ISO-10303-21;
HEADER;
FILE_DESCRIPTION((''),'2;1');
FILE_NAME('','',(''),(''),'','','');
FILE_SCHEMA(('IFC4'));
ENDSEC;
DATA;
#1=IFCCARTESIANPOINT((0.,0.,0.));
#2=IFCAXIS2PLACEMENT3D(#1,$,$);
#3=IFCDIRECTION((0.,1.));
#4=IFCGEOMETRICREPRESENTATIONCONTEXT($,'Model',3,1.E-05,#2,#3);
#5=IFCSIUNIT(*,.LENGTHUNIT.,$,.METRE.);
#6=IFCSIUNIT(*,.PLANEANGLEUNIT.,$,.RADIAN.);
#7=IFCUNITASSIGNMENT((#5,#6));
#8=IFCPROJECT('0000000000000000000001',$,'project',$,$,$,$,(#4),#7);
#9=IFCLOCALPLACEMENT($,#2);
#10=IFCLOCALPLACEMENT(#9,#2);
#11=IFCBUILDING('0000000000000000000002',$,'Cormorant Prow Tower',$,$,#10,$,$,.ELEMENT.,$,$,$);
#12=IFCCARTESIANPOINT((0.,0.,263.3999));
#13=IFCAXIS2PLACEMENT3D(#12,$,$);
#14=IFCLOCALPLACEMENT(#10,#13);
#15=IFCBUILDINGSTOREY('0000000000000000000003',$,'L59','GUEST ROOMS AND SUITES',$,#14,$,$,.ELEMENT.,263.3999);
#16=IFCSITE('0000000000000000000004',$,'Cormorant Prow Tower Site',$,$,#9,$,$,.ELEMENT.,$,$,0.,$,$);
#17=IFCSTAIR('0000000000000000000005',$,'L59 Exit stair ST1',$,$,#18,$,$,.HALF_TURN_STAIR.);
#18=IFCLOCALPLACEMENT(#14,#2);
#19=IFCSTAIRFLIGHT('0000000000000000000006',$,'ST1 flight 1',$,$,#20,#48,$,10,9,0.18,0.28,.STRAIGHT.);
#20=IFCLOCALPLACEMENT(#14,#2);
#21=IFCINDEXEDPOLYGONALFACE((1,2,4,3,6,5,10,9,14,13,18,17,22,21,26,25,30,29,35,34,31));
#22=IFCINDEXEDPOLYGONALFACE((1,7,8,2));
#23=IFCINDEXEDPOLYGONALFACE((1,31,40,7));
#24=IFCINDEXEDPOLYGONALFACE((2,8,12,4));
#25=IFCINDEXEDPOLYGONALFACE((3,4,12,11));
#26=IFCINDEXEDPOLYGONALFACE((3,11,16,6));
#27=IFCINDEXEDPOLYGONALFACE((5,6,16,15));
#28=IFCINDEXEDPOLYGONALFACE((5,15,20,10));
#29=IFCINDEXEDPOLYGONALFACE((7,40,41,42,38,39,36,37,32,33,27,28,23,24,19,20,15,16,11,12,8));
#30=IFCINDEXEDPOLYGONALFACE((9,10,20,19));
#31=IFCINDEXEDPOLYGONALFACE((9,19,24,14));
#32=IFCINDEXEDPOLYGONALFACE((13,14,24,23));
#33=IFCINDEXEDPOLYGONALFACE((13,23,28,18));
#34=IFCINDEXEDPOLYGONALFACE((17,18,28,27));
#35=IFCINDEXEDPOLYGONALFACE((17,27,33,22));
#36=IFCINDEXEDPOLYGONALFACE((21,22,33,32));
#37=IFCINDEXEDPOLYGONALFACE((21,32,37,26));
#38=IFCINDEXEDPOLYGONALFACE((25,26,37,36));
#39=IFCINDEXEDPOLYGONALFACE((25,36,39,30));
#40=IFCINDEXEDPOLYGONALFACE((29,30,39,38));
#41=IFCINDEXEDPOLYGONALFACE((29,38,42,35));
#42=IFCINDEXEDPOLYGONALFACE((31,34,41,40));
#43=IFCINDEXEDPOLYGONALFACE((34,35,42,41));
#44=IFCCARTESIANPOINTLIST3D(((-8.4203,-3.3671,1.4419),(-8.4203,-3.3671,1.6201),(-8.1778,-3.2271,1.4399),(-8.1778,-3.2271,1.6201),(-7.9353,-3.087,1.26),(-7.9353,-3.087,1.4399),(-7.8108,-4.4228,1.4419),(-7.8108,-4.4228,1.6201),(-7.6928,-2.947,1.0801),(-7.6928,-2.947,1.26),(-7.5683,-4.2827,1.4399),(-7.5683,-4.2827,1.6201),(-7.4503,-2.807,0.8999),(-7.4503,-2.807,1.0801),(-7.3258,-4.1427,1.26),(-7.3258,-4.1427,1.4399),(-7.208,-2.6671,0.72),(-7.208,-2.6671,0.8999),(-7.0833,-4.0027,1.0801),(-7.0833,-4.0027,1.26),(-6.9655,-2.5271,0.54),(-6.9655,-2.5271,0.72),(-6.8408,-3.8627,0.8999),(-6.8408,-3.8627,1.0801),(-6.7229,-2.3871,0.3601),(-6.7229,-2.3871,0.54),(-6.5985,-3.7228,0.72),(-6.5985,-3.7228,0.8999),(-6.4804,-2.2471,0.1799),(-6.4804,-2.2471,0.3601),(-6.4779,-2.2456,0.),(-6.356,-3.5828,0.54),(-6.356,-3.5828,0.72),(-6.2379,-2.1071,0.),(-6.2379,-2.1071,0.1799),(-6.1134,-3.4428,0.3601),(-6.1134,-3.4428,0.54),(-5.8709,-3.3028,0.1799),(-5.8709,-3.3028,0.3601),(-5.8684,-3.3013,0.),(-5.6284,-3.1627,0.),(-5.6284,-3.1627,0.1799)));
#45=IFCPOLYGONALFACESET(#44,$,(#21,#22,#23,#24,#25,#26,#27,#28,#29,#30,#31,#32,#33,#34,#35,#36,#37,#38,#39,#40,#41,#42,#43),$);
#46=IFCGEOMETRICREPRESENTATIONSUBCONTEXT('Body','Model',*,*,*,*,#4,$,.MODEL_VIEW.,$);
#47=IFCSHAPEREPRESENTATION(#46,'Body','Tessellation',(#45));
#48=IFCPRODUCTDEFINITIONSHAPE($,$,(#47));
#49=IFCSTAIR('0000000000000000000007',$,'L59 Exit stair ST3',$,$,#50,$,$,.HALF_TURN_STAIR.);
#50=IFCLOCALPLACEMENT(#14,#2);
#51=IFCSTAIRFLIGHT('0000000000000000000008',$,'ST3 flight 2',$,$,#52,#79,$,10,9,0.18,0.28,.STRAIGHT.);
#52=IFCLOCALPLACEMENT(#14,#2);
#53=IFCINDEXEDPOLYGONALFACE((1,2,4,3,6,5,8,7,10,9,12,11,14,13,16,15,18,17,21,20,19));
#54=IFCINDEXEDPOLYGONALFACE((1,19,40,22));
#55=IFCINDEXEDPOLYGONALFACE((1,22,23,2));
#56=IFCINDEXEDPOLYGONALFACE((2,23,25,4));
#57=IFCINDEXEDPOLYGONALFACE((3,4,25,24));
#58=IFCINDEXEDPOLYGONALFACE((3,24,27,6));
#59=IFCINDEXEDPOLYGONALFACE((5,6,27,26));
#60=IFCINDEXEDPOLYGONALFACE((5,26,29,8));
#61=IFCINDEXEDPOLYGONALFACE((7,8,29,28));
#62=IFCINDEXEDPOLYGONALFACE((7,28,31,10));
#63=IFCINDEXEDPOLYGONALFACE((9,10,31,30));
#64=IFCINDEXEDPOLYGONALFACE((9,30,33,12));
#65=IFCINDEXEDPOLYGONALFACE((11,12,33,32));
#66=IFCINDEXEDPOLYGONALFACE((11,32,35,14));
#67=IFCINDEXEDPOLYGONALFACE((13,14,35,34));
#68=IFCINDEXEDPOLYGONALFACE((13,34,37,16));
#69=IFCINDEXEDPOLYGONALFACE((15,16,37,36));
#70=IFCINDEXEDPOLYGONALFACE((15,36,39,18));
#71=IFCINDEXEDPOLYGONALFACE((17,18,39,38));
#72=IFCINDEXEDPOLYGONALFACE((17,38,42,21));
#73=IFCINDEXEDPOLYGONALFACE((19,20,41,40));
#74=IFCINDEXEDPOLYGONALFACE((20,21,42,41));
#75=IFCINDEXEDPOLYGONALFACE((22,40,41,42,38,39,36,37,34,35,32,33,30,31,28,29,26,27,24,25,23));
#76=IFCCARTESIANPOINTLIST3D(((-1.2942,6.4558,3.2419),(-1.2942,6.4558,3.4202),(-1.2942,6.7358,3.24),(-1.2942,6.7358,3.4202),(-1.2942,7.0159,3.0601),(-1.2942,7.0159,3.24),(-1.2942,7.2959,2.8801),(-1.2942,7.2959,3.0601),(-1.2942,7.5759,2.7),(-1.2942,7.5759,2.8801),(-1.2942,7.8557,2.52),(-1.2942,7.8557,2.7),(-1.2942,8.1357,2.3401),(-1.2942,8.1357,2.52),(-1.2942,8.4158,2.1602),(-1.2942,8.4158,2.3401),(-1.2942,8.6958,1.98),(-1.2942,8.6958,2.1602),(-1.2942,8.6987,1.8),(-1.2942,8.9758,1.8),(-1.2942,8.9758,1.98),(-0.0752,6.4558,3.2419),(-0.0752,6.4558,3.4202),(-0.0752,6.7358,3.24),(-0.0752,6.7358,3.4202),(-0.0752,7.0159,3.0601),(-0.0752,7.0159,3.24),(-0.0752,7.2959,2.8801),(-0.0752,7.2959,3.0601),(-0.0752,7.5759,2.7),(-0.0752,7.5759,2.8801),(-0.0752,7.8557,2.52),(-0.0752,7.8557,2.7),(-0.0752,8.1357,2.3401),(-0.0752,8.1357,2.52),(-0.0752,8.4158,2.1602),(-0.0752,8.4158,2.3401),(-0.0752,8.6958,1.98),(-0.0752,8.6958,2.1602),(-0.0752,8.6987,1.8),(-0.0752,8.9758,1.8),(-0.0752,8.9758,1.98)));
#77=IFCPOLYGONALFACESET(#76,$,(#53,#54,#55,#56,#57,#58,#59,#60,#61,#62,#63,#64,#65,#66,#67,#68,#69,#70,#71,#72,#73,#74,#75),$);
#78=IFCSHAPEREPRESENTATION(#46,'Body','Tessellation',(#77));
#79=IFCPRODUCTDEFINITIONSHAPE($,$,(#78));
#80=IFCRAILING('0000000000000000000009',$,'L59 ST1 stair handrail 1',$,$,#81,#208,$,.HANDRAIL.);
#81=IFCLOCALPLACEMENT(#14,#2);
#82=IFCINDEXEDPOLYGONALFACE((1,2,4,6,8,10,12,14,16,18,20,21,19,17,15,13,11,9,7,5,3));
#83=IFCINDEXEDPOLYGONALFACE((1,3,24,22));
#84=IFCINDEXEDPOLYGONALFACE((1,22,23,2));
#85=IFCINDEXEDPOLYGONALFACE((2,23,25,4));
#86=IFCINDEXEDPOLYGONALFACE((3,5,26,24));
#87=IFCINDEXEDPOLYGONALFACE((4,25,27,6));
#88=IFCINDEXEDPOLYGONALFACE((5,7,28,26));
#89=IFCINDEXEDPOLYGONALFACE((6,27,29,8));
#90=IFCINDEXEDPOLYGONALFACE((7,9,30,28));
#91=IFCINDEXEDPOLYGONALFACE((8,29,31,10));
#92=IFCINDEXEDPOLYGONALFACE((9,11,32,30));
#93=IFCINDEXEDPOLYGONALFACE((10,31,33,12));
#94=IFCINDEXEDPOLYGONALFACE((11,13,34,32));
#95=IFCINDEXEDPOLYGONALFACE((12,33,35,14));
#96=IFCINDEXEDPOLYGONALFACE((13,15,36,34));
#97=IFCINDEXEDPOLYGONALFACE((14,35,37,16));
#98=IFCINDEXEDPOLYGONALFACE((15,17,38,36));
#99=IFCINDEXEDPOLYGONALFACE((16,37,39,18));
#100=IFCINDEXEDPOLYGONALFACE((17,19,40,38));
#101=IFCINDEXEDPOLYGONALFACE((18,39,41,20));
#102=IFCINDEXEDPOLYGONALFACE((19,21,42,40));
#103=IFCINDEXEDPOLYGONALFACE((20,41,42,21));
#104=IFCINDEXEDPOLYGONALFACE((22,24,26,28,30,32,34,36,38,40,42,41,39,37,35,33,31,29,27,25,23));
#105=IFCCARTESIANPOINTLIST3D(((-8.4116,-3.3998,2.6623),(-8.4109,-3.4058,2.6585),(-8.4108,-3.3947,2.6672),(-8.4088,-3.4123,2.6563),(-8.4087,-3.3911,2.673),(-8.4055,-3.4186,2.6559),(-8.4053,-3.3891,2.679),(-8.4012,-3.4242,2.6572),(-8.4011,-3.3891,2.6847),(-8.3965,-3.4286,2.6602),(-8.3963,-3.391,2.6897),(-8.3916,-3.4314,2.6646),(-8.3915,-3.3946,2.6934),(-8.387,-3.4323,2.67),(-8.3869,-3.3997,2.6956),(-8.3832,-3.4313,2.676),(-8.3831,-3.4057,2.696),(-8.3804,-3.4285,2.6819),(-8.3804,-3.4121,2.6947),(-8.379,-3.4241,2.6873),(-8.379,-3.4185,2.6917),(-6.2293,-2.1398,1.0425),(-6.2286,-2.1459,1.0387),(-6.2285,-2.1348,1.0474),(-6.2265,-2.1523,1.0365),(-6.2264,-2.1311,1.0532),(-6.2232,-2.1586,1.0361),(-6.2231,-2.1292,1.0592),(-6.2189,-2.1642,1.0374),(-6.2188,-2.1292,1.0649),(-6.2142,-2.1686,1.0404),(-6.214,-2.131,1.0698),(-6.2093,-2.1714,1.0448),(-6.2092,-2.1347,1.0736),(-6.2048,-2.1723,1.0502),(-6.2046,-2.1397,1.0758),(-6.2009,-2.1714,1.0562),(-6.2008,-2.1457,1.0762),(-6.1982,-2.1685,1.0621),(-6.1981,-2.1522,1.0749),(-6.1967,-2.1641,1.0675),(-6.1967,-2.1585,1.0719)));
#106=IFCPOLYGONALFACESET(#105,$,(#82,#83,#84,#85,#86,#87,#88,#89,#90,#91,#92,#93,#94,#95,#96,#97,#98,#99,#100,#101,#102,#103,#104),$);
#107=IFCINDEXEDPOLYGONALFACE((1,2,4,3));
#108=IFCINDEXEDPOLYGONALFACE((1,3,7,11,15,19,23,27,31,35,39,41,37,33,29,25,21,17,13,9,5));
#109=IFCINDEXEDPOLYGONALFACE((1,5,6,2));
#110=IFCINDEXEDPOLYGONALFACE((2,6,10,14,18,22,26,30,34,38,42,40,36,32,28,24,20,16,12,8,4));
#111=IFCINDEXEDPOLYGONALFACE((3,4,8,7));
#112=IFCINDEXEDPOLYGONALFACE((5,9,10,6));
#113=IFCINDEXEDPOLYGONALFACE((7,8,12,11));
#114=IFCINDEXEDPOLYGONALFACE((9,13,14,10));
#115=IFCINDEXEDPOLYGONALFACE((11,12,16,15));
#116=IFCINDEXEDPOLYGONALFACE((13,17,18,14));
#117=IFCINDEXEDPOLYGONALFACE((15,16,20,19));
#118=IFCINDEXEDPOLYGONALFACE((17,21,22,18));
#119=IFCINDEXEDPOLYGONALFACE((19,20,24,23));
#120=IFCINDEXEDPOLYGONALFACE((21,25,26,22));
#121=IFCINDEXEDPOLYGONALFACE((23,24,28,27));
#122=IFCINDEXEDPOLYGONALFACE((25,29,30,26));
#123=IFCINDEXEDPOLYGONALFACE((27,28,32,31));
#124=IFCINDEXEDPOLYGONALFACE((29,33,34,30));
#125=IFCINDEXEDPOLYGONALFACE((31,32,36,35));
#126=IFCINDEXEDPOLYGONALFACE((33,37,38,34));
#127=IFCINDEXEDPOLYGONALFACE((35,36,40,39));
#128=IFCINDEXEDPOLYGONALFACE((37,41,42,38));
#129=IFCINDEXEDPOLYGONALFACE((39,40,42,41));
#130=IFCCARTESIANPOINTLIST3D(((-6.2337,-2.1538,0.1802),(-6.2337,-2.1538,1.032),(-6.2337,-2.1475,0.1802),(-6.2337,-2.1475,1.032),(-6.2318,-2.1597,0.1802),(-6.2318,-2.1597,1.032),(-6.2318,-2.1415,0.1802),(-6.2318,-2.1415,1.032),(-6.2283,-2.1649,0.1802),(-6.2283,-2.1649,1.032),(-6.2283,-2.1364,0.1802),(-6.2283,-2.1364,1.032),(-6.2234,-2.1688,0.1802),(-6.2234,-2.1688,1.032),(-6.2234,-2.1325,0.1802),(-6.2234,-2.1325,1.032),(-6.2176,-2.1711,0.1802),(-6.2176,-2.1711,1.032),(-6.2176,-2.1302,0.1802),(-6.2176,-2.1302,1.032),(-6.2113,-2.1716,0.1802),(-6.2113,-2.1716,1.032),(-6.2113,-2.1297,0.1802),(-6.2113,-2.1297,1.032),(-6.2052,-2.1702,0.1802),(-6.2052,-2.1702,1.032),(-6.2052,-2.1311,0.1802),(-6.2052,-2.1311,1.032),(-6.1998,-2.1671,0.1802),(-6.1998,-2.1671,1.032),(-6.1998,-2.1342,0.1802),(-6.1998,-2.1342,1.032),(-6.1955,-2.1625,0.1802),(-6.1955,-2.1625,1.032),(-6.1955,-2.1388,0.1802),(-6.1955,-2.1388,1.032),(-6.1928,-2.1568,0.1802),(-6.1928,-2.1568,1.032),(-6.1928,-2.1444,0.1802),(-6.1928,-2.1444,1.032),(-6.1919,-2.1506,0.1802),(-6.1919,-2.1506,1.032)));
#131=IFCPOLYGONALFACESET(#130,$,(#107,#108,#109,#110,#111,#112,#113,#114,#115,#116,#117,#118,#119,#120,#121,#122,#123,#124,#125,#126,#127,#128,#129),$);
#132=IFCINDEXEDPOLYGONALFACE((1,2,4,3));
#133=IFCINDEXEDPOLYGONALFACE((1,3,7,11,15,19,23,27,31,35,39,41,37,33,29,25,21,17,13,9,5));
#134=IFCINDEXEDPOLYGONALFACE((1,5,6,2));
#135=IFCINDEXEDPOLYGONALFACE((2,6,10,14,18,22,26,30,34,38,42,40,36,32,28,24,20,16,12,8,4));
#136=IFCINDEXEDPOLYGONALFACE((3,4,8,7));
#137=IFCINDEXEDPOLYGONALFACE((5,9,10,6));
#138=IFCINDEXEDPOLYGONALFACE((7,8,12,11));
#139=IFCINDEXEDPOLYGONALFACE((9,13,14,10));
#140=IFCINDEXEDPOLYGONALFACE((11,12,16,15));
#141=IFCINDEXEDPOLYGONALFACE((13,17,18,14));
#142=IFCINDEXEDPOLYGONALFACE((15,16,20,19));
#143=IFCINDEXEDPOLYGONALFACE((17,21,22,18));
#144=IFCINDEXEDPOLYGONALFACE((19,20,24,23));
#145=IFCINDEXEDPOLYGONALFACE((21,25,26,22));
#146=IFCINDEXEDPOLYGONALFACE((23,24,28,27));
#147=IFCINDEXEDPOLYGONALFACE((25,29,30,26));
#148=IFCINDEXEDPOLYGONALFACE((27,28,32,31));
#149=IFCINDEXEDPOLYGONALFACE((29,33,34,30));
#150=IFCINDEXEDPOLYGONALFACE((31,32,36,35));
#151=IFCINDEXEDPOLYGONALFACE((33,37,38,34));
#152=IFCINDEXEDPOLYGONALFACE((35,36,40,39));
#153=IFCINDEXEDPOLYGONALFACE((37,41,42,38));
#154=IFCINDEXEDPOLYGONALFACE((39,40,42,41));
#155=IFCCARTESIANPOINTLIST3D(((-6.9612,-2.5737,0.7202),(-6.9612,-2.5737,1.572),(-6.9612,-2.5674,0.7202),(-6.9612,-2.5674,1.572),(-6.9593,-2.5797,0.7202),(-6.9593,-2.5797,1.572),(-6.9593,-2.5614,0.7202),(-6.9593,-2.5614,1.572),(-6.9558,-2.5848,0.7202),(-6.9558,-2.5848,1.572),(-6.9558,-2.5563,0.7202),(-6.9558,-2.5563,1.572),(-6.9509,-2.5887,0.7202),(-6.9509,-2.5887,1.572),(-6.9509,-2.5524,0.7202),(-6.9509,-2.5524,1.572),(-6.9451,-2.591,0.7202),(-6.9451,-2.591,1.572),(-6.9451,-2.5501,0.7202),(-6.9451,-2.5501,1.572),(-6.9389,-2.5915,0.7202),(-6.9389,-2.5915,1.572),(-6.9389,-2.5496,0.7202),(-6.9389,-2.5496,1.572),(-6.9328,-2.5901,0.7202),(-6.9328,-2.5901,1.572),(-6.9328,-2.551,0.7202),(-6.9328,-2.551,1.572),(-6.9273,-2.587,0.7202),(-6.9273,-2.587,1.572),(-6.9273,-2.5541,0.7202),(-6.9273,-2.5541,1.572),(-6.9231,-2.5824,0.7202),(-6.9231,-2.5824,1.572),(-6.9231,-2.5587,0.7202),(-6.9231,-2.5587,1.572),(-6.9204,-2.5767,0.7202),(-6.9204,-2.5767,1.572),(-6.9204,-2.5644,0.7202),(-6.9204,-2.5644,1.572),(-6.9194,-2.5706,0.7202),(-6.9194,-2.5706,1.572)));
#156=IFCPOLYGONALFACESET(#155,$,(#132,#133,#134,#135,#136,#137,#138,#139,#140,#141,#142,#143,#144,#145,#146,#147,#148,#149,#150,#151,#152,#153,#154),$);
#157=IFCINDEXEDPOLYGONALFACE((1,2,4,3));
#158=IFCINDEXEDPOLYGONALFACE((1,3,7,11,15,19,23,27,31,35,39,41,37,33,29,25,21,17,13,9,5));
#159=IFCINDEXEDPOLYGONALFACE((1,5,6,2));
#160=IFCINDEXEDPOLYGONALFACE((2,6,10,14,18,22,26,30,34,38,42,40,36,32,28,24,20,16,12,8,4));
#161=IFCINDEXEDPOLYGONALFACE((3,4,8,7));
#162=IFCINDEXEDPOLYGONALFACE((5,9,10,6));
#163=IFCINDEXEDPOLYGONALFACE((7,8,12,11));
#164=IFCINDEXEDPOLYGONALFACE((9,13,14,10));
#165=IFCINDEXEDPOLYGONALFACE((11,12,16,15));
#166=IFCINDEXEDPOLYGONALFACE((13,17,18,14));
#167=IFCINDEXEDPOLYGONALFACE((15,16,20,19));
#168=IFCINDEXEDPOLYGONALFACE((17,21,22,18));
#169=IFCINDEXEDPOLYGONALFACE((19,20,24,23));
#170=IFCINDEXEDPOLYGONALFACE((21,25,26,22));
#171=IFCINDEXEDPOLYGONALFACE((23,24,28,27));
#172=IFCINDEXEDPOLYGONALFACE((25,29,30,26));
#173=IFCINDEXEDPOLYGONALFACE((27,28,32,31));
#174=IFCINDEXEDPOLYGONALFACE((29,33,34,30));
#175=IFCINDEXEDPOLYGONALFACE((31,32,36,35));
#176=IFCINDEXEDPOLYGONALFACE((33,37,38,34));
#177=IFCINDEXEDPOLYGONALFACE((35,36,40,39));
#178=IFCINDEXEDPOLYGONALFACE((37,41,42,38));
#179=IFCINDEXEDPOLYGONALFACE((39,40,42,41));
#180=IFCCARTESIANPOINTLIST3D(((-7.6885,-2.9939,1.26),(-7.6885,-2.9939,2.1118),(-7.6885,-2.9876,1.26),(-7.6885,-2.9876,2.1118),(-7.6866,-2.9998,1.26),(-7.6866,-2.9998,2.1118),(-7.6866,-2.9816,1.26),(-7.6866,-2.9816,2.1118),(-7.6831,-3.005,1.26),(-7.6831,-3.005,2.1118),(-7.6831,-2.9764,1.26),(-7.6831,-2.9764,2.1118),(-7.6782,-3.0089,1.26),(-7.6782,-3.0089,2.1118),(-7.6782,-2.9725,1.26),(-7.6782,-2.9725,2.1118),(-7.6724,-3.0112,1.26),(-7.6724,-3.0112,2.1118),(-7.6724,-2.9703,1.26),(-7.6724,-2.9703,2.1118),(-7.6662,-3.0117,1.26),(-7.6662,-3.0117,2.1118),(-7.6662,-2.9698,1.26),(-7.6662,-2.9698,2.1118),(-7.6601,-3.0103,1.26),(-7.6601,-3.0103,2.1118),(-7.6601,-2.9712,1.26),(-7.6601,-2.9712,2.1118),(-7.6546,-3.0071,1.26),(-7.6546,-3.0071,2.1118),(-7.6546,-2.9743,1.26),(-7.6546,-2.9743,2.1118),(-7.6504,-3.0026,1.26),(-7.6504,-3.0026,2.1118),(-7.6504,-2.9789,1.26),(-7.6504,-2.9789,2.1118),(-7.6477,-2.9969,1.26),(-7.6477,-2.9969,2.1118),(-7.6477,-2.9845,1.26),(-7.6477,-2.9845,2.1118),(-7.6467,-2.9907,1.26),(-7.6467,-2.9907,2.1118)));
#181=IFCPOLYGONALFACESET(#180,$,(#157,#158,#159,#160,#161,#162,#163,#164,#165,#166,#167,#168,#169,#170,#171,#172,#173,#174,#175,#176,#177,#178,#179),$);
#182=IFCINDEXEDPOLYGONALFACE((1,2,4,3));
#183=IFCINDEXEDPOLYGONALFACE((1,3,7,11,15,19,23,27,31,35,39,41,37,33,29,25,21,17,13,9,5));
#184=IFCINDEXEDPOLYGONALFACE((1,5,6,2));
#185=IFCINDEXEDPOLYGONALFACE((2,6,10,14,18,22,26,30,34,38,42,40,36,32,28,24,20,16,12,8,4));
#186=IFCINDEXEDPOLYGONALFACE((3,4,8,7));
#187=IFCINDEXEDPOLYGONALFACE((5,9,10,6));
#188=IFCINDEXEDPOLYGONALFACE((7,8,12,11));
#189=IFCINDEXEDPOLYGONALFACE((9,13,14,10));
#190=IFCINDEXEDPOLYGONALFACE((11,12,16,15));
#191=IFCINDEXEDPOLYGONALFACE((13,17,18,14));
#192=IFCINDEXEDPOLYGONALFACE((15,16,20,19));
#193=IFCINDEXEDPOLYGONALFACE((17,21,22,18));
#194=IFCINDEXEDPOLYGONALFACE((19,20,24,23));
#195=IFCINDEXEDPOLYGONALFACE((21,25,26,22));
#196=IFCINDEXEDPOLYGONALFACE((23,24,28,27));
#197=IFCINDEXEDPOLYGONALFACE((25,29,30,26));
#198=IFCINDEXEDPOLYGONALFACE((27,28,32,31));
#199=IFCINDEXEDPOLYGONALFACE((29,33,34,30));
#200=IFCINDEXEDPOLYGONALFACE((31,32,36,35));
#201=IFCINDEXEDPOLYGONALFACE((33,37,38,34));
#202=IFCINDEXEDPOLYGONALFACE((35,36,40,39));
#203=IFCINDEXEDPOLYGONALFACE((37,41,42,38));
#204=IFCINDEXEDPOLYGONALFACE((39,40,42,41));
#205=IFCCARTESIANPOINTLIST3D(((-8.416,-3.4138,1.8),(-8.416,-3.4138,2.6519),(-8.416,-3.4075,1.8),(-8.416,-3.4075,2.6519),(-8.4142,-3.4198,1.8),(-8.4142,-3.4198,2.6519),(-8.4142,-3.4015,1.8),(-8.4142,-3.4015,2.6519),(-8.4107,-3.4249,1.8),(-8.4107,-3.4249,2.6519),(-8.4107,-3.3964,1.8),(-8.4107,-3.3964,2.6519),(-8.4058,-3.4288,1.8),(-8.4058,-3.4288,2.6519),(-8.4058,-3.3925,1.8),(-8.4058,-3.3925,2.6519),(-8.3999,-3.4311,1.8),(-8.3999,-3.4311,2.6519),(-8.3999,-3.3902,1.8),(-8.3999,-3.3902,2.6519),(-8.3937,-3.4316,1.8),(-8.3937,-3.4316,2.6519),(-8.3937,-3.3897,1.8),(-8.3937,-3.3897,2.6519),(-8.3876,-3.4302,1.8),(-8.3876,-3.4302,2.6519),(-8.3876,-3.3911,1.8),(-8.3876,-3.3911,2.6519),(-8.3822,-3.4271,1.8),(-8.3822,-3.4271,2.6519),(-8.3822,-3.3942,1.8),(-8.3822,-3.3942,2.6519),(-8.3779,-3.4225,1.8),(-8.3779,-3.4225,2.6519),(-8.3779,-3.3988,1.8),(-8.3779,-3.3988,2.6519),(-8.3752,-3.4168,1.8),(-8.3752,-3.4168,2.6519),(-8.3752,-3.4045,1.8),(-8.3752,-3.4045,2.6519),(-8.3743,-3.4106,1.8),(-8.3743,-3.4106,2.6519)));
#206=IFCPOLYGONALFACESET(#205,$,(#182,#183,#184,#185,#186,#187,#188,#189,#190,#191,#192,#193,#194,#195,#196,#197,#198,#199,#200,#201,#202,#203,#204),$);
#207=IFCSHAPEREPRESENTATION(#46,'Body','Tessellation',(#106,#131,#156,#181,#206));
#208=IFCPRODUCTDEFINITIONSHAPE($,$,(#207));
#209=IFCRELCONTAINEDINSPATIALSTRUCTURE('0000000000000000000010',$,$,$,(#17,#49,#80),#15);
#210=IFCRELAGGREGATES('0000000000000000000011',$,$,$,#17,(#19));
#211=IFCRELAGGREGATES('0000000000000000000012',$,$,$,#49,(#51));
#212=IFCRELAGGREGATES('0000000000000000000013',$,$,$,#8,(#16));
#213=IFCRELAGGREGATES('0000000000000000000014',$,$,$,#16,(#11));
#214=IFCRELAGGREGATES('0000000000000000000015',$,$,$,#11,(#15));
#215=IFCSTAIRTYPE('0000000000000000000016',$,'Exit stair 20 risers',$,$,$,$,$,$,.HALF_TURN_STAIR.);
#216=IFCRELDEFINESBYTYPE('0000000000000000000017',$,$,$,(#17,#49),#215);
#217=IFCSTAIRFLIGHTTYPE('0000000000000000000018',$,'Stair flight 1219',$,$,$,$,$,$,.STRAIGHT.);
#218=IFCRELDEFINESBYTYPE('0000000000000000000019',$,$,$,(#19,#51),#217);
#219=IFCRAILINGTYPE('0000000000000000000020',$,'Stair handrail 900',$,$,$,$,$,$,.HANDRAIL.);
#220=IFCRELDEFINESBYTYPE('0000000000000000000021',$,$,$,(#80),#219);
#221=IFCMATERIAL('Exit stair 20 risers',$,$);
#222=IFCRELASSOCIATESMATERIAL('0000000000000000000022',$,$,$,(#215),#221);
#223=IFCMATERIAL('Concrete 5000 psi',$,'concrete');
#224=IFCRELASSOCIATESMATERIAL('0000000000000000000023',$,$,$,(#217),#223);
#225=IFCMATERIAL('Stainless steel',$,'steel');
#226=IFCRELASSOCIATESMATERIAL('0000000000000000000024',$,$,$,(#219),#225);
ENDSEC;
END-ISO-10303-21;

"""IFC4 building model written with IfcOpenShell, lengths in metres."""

from ifc_helpers import new_model, si_unit, direction, frame, origin, origin_2d, place, context, subcontext, project, spatial, polyline, circle, outline, extrude, material, type_object, element, aggregate, save


model = new_model("IFC4")

# Units and contexts
model_context = context("Model", 3, precision=1e-05, world=origin(), true_north=direction((0.0, 1.0)))
body_context = subcontext(model_context, "Body", "Model", "MODEL_VIEW")
ifc_project = project(units=[si_unit("LENGTHUNIT", "METRE"), si_unit("PLANEANGLEUNIT", "RADIAN")], contexts=[model_context])

# Site, building, storey
site_placement = place(None, origin())
site = spatial("IfcSite", under=ifc_project, at=site_placement, Name="Cormorant Prow Tower Site", CompositionType="ELEMENT", RefElevation=0.0)
building_placement = place(site_placement, origin())
building = spatial("IfcBuilding", under=site, at=building_placement, Name="Cormorant Prow Tower", CompositionType="ELEMENT")
storey_placement = place(building_placement, frame((0.0, 0.0, 263.3999)))
storey = spatial("IfcBuildingStorey", under=building, at=storey_placement, Name="L59", Description="GUEST ROOMS AND SUITES", CompositionType="ELEMENT", Elevation=263.3999)

# Stairs, stair flights
ifc_material_1 = material(Name="Exit stair 20 risers")
stair_type = type_object("IfcStairType", Name="Exit stair 20 risers", PredefinedType="HALF_TURN_STAIR", material=ifc_material_1)
stair_1_placement = place(storey_placement, origin())
stair_1 = element("IfcStair", 1, at=stair_1_placement, inside=storey, type_object=stair_type, Name="L59 Exit stair ST1", PredefinedType="HALF_TURN_STAIR")
ifc_material_2 = material(Name="Concrete 5000 psi", Category="concrete")
stair_flight_type = type_object("IfcStairFlightType", Name="Stair flight 1219", PredefinedType="STRAIGHT", material=ifc_material_2)
stair_flight_1_placement = place(storey_placement, frame((-5.9331, -2.635, 0.0), z_axis=(0.0, 0.0, 1.0), x_axis=(-0.866025, -0.5, 0.0)))
stair_flight_1 = element("IfcStairFlight", 2, at=stair_flight_1_placement, type_object=stair_flight_type, Name="ST1 flight 1", NumberOfRisers=10, NumberOfTreads=9, PredefinedType="STRAIGHT", RiserHeight=0.18, TreadLength=0.28, context=body_context, shape_type="SweptSolid", body=[
    extrude(outline(polyline([(0.0, 0.0), (0.0, 0.1799), (0.28, 0.1799), (0.28, 0.3601), (0.5601, 0.3601), (0.5601, 0.54), (0.8401, 0.54), (0.8401, 0.72), (1.1201, 0.72), (1.1201, 0.8999), (1.3999, 0.8999), (1.3999, 1.0801), (1.6799, 1.0801), (1.6799, 1.26), (1.96, 1.26), (1.96, 1.4399), (2.24, 1.4399), (2.24, 1.6201), (2.52, 1.6201), (2.52, 1.8), (2.52, 1.4419), (0.2771, 0.0), (0.0, 0.0)])), frame((0.0, 0.6094, 0.0), z_axis=(0.0, -1.0, 0.0), x_axis=(1.0, 0.0, 0.0)), (0.0, 0.0, 1.0), 1.219),
])
aggregate(stair_1, [stair_flight_1])
stair_2_placement = place(storey_placement, origin())
stair_2 = element("IfcStair", 3, at=stair_2_placement, inside=storey, type_object=stair_type, Name="L59 Exit stair ST3", PredefinedType="HALF_TURN_STAIR")
stair_flight_2_placement = place(storey_placement, frame((-0.6846, 8.9758, 1.8), z_axis=(0.0, 0.0, 1.0), x_axis=(0.0, -1.0, 0.0)))
stair_flight_2 = element("IfcStairFlight", 4, at=stair_flight_2_placement, type_object=stair_flight_type, Name="ST3 flight 2", NumberOfRisers=10, NumberOfTreads=9, PredefinedType="STRAIGHT", RiserHeight=0.18, TreadLength=0.28, context=body_context, shape_type="SweptSolid", body=[
    extrude(outline(polyline([(0.0, 0.0), (0.0, 0.1799), (0.28, 0.1799), (0.28, 0.3601), (0.5601, 0.3601), (0.5601, 0.54), (0.8401, 0.54), (0.8401, 0.72), (1.1201, 0.72), (1.1201, 0.8999), (1.3999, 0.8999), (1.3999, 1.0801), (1.6799, 1.0801), (1.6799, 1.26), (1.96, 1.26), (1.96, 1.4399), (2.24, 1.4399), (2.24, 1.6201), (2.52, 1.6201), (2.52, 1.8), (2.52, 1.4419), (0.2771, 0.0), (0.0, 0.0)])), frame((0.0, 0.6094, 0.0), z_axis=(0.0, -1.0, 0.0), x_axis=(1.0, 0.0, 0.0)), (0.0, 0.0, 1.0), 1.219),
])
aggregate(stair_2, [stair_flight_2])

# Railing
ifc_material_3 = material(Name="Stainless steel", Category="steel")
railing_type = type_object("IfcRailingType", Name="Stair handrail 900", PredefinedType="HANDRAIL", material=ifc_material_3)
railing_1_placement = place(storey_placement, frame((-6.2129, -2.1506, 0.1802)))
element("IfcRailing", 5, at=railing_1_placement, inside=storey, type_object=railing_type, Name="L59 ST1 stair handrail 1", PredefinedType="HANDRAIL", context=body_context, shape_type="SweptSolid", body=[
    extrude(circle(Radius=0.0239, at=origin_2d()), frame((0.0, 0.0, 0.876), z_axis=(-0.728496, -0.420603, 0.540728), x_axis=(0.500005, -0.866023, 0.0)), (0.0, 0.0, 1.0), 2.9956),
    extrude(circle(Radius=0.021, at=origin_2d()), origin(), (0.0, 0.0, 1.0), 0.8518),
    extrude(circle(Radius=0.021, at=origin_2d()), frame((-0.7275, -0.4199, 0.54)), (0.0, 0.0, 1.0), 0.8518),
    extrude(circle(Radius=0.021, at=origin_2d()), frame((-1.4548, -0.8401, 1.0798)), (0.0, 0.0, 1.0), 0.8518),
    extrude(circle(Radius=0.021, at=origin_2d()), frame((-2.1824, -1.26, 1.6199)), (0.0, 0.0, 1.0), 0.8518),
])

save(model, "model.ifc")
